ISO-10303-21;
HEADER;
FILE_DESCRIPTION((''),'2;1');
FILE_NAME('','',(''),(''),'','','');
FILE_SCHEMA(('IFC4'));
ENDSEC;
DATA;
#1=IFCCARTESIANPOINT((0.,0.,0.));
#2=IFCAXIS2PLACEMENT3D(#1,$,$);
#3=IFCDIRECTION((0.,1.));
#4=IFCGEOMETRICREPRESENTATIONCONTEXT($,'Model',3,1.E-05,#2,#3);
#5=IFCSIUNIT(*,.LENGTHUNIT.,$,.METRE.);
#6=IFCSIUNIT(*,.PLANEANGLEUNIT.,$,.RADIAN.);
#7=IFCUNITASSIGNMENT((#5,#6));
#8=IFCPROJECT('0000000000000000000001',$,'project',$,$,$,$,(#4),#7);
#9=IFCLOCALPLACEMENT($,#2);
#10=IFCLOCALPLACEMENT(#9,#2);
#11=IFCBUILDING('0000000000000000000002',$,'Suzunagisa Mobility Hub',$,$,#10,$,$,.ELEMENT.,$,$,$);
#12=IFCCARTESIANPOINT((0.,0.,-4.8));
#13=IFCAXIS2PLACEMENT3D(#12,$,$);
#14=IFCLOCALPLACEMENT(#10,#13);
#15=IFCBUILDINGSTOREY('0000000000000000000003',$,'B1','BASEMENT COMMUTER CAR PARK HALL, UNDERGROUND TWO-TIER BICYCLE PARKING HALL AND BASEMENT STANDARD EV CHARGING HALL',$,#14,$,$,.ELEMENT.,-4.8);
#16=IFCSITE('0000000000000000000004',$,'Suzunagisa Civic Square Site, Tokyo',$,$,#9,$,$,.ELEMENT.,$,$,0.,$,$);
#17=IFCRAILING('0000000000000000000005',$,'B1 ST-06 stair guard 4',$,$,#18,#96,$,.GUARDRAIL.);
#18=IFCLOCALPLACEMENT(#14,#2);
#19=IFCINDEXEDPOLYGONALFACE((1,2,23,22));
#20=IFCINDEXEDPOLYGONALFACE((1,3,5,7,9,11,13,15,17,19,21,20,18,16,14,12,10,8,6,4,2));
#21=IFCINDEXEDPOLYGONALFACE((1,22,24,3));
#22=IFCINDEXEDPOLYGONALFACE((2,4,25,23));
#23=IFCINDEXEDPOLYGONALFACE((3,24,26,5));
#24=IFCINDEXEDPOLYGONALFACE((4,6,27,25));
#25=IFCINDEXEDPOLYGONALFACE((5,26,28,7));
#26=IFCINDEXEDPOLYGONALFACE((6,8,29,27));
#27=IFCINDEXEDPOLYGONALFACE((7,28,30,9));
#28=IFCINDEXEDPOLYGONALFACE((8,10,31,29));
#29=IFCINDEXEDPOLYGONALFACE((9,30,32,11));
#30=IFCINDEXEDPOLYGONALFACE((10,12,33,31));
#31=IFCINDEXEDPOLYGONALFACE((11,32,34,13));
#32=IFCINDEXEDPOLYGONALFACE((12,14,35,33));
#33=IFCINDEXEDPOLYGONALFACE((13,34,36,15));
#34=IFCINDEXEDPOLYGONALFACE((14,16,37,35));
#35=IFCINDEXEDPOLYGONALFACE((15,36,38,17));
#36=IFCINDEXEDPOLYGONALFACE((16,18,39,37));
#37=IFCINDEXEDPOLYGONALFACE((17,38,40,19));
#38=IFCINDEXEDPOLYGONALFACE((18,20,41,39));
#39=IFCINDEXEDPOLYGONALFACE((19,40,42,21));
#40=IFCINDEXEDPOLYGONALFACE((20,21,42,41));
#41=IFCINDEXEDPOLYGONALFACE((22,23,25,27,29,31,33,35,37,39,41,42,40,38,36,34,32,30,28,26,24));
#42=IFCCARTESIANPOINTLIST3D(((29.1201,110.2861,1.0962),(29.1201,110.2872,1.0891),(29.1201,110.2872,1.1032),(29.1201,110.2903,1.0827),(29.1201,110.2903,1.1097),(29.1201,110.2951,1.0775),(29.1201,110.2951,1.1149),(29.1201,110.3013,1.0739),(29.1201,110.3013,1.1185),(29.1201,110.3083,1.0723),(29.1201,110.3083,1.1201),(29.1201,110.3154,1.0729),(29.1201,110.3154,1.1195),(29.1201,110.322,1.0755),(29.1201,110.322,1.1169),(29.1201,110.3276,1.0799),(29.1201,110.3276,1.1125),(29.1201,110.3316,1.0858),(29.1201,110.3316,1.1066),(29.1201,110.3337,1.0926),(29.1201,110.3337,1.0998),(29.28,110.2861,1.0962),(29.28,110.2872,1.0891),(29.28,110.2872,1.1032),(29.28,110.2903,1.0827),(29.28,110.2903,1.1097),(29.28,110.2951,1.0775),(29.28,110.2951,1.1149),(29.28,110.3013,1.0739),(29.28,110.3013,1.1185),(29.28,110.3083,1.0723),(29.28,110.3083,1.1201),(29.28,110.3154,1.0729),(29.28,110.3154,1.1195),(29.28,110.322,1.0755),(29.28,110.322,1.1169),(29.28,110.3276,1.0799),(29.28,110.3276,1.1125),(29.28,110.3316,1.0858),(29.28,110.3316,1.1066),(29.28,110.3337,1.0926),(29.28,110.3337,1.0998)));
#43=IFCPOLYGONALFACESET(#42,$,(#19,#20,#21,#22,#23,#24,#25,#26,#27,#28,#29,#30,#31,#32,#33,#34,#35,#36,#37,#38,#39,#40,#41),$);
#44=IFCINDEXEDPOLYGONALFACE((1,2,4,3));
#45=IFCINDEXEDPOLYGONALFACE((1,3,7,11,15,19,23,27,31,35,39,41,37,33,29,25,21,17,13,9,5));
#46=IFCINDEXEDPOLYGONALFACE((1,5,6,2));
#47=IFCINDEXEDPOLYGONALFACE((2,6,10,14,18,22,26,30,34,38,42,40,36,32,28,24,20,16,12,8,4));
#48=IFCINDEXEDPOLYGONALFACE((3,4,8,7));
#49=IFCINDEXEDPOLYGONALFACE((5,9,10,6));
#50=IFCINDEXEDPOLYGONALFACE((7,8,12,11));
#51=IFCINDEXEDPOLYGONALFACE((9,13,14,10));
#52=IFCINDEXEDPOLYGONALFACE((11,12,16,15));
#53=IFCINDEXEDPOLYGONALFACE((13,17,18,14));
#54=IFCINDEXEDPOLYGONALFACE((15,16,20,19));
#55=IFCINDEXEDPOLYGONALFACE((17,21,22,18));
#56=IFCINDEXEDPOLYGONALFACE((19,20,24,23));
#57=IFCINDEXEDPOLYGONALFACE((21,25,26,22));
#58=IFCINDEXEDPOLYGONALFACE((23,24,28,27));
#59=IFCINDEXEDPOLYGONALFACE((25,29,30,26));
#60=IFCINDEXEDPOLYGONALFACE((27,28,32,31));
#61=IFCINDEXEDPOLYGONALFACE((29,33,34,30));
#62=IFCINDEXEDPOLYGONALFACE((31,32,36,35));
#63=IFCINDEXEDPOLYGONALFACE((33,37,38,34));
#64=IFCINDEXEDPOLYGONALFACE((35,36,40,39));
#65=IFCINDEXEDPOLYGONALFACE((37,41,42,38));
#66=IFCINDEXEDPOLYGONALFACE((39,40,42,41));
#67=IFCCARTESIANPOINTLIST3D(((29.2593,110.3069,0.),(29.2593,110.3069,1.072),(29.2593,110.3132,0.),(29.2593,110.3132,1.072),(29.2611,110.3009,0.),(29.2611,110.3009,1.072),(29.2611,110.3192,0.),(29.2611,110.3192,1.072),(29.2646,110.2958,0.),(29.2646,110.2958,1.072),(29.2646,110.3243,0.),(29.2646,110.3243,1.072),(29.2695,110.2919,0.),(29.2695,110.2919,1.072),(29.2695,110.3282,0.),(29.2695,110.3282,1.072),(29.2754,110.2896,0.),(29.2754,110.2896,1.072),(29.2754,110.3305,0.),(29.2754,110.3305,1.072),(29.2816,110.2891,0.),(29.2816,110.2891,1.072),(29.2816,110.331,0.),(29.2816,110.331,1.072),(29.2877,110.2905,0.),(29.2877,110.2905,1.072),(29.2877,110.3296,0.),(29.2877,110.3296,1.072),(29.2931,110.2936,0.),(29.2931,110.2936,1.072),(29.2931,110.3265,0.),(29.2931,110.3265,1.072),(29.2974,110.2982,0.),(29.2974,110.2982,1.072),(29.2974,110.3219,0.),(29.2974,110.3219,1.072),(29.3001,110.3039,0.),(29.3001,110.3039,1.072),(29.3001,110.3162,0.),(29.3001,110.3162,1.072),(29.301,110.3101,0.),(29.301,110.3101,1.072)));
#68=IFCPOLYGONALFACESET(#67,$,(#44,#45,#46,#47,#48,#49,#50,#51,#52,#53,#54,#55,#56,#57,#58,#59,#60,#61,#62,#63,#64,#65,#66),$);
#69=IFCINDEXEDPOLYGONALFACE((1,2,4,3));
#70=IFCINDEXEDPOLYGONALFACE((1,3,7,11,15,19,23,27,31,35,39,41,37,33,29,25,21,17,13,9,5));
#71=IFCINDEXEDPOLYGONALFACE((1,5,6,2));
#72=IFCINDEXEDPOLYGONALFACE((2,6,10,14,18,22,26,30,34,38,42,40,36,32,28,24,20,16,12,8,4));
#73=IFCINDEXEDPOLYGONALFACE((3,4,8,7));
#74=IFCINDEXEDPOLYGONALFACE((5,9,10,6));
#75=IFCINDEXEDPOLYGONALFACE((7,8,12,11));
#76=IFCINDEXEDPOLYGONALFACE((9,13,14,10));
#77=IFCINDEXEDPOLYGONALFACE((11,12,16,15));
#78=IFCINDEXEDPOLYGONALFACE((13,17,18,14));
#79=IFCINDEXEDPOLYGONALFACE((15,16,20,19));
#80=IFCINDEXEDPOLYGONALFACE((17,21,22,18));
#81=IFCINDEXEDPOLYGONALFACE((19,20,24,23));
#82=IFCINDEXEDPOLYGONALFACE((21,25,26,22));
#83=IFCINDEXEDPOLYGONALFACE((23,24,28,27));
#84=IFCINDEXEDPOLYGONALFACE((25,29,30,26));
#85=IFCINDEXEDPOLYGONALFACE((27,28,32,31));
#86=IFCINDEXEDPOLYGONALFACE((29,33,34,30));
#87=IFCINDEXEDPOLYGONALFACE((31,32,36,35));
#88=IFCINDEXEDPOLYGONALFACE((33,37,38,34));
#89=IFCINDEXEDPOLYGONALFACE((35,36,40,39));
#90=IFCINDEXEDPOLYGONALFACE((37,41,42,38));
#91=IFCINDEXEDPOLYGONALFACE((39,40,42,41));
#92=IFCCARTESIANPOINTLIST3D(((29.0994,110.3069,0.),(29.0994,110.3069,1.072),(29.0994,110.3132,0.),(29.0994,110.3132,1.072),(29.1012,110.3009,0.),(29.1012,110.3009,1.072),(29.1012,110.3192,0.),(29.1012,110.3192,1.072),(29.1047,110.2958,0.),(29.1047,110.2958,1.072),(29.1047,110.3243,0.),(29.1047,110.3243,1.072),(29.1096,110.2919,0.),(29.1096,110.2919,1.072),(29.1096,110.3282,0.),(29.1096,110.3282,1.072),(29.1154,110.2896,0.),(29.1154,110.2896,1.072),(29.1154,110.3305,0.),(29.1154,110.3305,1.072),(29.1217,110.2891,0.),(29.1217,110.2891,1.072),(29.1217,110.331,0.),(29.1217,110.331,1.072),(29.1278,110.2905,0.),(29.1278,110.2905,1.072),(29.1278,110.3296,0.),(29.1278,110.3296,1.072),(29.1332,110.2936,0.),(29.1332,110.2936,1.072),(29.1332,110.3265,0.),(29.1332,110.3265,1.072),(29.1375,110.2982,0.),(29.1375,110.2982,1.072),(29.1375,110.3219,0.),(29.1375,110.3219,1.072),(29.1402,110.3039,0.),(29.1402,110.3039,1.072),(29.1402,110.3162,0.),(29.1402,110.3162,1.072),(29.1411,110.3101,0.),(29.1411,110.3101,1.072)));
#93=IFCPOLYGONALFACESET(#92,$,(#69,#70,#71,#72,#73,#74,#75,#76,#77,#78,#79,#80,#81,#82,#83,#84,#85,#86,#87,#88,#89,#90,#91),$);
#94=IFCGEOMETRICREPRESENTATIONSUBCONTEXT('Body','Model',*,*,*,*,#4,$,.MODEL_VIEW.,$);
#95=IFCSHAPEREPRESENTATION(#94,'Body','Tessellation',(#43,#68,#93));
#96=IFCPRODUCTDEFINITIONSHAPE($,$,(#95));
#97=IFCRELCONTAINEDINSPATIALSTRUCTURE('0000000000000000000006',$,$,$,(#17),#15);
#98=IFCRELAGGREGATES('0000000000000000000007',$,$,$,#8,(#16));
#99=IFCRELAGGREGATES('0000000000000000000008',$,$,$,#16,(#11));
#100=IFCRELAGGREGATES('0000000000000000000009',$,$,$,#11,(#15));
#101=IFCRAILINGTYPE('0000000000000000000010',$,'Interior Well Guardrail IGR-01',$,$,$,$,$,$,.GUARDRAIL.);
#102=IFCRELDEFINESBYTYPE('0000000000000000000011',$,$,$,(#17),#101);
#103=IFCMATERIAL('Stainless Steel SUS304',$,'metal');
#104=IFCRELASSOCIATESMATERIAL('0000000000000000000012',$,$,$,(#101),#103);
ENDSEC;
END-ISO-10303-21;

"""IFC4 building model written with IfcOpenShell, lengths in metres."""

from ifc_helpers import new_model, si_unit, direction, frame, origin, origin_2d, place, context, subcontext, project, spatial, circle, extrude, material, type_object, element, save


model = new_model("IFC4")

# Units and contexts
model_context = context("Model", 3, precision=1e-05, world=origin(), true_north=direction((0.0, 1.0)))
body_context = subcontext(model_context, "Body", "Model", "MODEL_VIEW")
ifc_project = project(units=[si_unit("LENGTHUNIT", "METRE"), si_unit("PLANEANGLEUNIT", "RADIAN")], contexts=[model_context])

# Site, building, storey
site_placement = place(None, origin())
site = spatial("IfcSite", under=ifc_project, at=site_placement, Name="Suzunagisa Civic Square Site, Tokyo", CompositionType="ELEMENT", RefElevation=0.0)
building_placement = place(site_placement, origin())
building = spatial("IfcBuilding", under=site, at=building_placement, Name="Suzunagisa Mobility Hub", CompositionType="ELEMENT")
storey_placement = place(building_placement, frame((0.0, 0.0, -4.8)))
storey = spatial("IfcBuildingStorey", under=building, at=storey_placement, Name="B1", Description="BASEMENT COMMUTER CAR PARK HALL, UNDERGROUND TWO-TIER BICYCLE PARKING HALL AND BASEMENT STANDARD EV CHARGING HALL", CompositionType="ELEMENT", Elevation=-4.8)

# Railing
ifc_material_1 = material(Name="Stainless Steel SUS304", Category="metal")
railing_type_1 = type_object("IfcRailingType", Name="Interior Well Guardrail IGR-01", PredefinedType="GUARDRAIL", material=ifc_material_1)
railing_1_placement = place(storey_placement, frame((29.28, 110.3101, 0.0)))
element("IfcRailing", 1, at=railing_1_placement, inside=storey, type_object=railing_type_1, Name="B1 ST-06 stair guard 4", PredefinedType="GUARDRAIL", context=body_context, shape_type="SweptSolid", body=[
    extrude(circle(Radius=0.0239, at=origin_2d()), frame((0.0, 0.0, 1.0962), z_axis=(-1.0, 0.0, 0.0), x_axis=(0.0, -1.0, 0.0)), (0.0, 0.0, 1.0), 0.1599),
    extrude(circle(Radius=0.021, at=origin_2d()), origin(), (0.0, 0.0, 1.0), 1.072),
    extrude(circle(Radius=0.021, at=origin_2d()), frame((-0.1599, 0.0, 0.0)), (0.0, 0.0, 1.0), 1.072),
])

save(model, "model.ifc")
